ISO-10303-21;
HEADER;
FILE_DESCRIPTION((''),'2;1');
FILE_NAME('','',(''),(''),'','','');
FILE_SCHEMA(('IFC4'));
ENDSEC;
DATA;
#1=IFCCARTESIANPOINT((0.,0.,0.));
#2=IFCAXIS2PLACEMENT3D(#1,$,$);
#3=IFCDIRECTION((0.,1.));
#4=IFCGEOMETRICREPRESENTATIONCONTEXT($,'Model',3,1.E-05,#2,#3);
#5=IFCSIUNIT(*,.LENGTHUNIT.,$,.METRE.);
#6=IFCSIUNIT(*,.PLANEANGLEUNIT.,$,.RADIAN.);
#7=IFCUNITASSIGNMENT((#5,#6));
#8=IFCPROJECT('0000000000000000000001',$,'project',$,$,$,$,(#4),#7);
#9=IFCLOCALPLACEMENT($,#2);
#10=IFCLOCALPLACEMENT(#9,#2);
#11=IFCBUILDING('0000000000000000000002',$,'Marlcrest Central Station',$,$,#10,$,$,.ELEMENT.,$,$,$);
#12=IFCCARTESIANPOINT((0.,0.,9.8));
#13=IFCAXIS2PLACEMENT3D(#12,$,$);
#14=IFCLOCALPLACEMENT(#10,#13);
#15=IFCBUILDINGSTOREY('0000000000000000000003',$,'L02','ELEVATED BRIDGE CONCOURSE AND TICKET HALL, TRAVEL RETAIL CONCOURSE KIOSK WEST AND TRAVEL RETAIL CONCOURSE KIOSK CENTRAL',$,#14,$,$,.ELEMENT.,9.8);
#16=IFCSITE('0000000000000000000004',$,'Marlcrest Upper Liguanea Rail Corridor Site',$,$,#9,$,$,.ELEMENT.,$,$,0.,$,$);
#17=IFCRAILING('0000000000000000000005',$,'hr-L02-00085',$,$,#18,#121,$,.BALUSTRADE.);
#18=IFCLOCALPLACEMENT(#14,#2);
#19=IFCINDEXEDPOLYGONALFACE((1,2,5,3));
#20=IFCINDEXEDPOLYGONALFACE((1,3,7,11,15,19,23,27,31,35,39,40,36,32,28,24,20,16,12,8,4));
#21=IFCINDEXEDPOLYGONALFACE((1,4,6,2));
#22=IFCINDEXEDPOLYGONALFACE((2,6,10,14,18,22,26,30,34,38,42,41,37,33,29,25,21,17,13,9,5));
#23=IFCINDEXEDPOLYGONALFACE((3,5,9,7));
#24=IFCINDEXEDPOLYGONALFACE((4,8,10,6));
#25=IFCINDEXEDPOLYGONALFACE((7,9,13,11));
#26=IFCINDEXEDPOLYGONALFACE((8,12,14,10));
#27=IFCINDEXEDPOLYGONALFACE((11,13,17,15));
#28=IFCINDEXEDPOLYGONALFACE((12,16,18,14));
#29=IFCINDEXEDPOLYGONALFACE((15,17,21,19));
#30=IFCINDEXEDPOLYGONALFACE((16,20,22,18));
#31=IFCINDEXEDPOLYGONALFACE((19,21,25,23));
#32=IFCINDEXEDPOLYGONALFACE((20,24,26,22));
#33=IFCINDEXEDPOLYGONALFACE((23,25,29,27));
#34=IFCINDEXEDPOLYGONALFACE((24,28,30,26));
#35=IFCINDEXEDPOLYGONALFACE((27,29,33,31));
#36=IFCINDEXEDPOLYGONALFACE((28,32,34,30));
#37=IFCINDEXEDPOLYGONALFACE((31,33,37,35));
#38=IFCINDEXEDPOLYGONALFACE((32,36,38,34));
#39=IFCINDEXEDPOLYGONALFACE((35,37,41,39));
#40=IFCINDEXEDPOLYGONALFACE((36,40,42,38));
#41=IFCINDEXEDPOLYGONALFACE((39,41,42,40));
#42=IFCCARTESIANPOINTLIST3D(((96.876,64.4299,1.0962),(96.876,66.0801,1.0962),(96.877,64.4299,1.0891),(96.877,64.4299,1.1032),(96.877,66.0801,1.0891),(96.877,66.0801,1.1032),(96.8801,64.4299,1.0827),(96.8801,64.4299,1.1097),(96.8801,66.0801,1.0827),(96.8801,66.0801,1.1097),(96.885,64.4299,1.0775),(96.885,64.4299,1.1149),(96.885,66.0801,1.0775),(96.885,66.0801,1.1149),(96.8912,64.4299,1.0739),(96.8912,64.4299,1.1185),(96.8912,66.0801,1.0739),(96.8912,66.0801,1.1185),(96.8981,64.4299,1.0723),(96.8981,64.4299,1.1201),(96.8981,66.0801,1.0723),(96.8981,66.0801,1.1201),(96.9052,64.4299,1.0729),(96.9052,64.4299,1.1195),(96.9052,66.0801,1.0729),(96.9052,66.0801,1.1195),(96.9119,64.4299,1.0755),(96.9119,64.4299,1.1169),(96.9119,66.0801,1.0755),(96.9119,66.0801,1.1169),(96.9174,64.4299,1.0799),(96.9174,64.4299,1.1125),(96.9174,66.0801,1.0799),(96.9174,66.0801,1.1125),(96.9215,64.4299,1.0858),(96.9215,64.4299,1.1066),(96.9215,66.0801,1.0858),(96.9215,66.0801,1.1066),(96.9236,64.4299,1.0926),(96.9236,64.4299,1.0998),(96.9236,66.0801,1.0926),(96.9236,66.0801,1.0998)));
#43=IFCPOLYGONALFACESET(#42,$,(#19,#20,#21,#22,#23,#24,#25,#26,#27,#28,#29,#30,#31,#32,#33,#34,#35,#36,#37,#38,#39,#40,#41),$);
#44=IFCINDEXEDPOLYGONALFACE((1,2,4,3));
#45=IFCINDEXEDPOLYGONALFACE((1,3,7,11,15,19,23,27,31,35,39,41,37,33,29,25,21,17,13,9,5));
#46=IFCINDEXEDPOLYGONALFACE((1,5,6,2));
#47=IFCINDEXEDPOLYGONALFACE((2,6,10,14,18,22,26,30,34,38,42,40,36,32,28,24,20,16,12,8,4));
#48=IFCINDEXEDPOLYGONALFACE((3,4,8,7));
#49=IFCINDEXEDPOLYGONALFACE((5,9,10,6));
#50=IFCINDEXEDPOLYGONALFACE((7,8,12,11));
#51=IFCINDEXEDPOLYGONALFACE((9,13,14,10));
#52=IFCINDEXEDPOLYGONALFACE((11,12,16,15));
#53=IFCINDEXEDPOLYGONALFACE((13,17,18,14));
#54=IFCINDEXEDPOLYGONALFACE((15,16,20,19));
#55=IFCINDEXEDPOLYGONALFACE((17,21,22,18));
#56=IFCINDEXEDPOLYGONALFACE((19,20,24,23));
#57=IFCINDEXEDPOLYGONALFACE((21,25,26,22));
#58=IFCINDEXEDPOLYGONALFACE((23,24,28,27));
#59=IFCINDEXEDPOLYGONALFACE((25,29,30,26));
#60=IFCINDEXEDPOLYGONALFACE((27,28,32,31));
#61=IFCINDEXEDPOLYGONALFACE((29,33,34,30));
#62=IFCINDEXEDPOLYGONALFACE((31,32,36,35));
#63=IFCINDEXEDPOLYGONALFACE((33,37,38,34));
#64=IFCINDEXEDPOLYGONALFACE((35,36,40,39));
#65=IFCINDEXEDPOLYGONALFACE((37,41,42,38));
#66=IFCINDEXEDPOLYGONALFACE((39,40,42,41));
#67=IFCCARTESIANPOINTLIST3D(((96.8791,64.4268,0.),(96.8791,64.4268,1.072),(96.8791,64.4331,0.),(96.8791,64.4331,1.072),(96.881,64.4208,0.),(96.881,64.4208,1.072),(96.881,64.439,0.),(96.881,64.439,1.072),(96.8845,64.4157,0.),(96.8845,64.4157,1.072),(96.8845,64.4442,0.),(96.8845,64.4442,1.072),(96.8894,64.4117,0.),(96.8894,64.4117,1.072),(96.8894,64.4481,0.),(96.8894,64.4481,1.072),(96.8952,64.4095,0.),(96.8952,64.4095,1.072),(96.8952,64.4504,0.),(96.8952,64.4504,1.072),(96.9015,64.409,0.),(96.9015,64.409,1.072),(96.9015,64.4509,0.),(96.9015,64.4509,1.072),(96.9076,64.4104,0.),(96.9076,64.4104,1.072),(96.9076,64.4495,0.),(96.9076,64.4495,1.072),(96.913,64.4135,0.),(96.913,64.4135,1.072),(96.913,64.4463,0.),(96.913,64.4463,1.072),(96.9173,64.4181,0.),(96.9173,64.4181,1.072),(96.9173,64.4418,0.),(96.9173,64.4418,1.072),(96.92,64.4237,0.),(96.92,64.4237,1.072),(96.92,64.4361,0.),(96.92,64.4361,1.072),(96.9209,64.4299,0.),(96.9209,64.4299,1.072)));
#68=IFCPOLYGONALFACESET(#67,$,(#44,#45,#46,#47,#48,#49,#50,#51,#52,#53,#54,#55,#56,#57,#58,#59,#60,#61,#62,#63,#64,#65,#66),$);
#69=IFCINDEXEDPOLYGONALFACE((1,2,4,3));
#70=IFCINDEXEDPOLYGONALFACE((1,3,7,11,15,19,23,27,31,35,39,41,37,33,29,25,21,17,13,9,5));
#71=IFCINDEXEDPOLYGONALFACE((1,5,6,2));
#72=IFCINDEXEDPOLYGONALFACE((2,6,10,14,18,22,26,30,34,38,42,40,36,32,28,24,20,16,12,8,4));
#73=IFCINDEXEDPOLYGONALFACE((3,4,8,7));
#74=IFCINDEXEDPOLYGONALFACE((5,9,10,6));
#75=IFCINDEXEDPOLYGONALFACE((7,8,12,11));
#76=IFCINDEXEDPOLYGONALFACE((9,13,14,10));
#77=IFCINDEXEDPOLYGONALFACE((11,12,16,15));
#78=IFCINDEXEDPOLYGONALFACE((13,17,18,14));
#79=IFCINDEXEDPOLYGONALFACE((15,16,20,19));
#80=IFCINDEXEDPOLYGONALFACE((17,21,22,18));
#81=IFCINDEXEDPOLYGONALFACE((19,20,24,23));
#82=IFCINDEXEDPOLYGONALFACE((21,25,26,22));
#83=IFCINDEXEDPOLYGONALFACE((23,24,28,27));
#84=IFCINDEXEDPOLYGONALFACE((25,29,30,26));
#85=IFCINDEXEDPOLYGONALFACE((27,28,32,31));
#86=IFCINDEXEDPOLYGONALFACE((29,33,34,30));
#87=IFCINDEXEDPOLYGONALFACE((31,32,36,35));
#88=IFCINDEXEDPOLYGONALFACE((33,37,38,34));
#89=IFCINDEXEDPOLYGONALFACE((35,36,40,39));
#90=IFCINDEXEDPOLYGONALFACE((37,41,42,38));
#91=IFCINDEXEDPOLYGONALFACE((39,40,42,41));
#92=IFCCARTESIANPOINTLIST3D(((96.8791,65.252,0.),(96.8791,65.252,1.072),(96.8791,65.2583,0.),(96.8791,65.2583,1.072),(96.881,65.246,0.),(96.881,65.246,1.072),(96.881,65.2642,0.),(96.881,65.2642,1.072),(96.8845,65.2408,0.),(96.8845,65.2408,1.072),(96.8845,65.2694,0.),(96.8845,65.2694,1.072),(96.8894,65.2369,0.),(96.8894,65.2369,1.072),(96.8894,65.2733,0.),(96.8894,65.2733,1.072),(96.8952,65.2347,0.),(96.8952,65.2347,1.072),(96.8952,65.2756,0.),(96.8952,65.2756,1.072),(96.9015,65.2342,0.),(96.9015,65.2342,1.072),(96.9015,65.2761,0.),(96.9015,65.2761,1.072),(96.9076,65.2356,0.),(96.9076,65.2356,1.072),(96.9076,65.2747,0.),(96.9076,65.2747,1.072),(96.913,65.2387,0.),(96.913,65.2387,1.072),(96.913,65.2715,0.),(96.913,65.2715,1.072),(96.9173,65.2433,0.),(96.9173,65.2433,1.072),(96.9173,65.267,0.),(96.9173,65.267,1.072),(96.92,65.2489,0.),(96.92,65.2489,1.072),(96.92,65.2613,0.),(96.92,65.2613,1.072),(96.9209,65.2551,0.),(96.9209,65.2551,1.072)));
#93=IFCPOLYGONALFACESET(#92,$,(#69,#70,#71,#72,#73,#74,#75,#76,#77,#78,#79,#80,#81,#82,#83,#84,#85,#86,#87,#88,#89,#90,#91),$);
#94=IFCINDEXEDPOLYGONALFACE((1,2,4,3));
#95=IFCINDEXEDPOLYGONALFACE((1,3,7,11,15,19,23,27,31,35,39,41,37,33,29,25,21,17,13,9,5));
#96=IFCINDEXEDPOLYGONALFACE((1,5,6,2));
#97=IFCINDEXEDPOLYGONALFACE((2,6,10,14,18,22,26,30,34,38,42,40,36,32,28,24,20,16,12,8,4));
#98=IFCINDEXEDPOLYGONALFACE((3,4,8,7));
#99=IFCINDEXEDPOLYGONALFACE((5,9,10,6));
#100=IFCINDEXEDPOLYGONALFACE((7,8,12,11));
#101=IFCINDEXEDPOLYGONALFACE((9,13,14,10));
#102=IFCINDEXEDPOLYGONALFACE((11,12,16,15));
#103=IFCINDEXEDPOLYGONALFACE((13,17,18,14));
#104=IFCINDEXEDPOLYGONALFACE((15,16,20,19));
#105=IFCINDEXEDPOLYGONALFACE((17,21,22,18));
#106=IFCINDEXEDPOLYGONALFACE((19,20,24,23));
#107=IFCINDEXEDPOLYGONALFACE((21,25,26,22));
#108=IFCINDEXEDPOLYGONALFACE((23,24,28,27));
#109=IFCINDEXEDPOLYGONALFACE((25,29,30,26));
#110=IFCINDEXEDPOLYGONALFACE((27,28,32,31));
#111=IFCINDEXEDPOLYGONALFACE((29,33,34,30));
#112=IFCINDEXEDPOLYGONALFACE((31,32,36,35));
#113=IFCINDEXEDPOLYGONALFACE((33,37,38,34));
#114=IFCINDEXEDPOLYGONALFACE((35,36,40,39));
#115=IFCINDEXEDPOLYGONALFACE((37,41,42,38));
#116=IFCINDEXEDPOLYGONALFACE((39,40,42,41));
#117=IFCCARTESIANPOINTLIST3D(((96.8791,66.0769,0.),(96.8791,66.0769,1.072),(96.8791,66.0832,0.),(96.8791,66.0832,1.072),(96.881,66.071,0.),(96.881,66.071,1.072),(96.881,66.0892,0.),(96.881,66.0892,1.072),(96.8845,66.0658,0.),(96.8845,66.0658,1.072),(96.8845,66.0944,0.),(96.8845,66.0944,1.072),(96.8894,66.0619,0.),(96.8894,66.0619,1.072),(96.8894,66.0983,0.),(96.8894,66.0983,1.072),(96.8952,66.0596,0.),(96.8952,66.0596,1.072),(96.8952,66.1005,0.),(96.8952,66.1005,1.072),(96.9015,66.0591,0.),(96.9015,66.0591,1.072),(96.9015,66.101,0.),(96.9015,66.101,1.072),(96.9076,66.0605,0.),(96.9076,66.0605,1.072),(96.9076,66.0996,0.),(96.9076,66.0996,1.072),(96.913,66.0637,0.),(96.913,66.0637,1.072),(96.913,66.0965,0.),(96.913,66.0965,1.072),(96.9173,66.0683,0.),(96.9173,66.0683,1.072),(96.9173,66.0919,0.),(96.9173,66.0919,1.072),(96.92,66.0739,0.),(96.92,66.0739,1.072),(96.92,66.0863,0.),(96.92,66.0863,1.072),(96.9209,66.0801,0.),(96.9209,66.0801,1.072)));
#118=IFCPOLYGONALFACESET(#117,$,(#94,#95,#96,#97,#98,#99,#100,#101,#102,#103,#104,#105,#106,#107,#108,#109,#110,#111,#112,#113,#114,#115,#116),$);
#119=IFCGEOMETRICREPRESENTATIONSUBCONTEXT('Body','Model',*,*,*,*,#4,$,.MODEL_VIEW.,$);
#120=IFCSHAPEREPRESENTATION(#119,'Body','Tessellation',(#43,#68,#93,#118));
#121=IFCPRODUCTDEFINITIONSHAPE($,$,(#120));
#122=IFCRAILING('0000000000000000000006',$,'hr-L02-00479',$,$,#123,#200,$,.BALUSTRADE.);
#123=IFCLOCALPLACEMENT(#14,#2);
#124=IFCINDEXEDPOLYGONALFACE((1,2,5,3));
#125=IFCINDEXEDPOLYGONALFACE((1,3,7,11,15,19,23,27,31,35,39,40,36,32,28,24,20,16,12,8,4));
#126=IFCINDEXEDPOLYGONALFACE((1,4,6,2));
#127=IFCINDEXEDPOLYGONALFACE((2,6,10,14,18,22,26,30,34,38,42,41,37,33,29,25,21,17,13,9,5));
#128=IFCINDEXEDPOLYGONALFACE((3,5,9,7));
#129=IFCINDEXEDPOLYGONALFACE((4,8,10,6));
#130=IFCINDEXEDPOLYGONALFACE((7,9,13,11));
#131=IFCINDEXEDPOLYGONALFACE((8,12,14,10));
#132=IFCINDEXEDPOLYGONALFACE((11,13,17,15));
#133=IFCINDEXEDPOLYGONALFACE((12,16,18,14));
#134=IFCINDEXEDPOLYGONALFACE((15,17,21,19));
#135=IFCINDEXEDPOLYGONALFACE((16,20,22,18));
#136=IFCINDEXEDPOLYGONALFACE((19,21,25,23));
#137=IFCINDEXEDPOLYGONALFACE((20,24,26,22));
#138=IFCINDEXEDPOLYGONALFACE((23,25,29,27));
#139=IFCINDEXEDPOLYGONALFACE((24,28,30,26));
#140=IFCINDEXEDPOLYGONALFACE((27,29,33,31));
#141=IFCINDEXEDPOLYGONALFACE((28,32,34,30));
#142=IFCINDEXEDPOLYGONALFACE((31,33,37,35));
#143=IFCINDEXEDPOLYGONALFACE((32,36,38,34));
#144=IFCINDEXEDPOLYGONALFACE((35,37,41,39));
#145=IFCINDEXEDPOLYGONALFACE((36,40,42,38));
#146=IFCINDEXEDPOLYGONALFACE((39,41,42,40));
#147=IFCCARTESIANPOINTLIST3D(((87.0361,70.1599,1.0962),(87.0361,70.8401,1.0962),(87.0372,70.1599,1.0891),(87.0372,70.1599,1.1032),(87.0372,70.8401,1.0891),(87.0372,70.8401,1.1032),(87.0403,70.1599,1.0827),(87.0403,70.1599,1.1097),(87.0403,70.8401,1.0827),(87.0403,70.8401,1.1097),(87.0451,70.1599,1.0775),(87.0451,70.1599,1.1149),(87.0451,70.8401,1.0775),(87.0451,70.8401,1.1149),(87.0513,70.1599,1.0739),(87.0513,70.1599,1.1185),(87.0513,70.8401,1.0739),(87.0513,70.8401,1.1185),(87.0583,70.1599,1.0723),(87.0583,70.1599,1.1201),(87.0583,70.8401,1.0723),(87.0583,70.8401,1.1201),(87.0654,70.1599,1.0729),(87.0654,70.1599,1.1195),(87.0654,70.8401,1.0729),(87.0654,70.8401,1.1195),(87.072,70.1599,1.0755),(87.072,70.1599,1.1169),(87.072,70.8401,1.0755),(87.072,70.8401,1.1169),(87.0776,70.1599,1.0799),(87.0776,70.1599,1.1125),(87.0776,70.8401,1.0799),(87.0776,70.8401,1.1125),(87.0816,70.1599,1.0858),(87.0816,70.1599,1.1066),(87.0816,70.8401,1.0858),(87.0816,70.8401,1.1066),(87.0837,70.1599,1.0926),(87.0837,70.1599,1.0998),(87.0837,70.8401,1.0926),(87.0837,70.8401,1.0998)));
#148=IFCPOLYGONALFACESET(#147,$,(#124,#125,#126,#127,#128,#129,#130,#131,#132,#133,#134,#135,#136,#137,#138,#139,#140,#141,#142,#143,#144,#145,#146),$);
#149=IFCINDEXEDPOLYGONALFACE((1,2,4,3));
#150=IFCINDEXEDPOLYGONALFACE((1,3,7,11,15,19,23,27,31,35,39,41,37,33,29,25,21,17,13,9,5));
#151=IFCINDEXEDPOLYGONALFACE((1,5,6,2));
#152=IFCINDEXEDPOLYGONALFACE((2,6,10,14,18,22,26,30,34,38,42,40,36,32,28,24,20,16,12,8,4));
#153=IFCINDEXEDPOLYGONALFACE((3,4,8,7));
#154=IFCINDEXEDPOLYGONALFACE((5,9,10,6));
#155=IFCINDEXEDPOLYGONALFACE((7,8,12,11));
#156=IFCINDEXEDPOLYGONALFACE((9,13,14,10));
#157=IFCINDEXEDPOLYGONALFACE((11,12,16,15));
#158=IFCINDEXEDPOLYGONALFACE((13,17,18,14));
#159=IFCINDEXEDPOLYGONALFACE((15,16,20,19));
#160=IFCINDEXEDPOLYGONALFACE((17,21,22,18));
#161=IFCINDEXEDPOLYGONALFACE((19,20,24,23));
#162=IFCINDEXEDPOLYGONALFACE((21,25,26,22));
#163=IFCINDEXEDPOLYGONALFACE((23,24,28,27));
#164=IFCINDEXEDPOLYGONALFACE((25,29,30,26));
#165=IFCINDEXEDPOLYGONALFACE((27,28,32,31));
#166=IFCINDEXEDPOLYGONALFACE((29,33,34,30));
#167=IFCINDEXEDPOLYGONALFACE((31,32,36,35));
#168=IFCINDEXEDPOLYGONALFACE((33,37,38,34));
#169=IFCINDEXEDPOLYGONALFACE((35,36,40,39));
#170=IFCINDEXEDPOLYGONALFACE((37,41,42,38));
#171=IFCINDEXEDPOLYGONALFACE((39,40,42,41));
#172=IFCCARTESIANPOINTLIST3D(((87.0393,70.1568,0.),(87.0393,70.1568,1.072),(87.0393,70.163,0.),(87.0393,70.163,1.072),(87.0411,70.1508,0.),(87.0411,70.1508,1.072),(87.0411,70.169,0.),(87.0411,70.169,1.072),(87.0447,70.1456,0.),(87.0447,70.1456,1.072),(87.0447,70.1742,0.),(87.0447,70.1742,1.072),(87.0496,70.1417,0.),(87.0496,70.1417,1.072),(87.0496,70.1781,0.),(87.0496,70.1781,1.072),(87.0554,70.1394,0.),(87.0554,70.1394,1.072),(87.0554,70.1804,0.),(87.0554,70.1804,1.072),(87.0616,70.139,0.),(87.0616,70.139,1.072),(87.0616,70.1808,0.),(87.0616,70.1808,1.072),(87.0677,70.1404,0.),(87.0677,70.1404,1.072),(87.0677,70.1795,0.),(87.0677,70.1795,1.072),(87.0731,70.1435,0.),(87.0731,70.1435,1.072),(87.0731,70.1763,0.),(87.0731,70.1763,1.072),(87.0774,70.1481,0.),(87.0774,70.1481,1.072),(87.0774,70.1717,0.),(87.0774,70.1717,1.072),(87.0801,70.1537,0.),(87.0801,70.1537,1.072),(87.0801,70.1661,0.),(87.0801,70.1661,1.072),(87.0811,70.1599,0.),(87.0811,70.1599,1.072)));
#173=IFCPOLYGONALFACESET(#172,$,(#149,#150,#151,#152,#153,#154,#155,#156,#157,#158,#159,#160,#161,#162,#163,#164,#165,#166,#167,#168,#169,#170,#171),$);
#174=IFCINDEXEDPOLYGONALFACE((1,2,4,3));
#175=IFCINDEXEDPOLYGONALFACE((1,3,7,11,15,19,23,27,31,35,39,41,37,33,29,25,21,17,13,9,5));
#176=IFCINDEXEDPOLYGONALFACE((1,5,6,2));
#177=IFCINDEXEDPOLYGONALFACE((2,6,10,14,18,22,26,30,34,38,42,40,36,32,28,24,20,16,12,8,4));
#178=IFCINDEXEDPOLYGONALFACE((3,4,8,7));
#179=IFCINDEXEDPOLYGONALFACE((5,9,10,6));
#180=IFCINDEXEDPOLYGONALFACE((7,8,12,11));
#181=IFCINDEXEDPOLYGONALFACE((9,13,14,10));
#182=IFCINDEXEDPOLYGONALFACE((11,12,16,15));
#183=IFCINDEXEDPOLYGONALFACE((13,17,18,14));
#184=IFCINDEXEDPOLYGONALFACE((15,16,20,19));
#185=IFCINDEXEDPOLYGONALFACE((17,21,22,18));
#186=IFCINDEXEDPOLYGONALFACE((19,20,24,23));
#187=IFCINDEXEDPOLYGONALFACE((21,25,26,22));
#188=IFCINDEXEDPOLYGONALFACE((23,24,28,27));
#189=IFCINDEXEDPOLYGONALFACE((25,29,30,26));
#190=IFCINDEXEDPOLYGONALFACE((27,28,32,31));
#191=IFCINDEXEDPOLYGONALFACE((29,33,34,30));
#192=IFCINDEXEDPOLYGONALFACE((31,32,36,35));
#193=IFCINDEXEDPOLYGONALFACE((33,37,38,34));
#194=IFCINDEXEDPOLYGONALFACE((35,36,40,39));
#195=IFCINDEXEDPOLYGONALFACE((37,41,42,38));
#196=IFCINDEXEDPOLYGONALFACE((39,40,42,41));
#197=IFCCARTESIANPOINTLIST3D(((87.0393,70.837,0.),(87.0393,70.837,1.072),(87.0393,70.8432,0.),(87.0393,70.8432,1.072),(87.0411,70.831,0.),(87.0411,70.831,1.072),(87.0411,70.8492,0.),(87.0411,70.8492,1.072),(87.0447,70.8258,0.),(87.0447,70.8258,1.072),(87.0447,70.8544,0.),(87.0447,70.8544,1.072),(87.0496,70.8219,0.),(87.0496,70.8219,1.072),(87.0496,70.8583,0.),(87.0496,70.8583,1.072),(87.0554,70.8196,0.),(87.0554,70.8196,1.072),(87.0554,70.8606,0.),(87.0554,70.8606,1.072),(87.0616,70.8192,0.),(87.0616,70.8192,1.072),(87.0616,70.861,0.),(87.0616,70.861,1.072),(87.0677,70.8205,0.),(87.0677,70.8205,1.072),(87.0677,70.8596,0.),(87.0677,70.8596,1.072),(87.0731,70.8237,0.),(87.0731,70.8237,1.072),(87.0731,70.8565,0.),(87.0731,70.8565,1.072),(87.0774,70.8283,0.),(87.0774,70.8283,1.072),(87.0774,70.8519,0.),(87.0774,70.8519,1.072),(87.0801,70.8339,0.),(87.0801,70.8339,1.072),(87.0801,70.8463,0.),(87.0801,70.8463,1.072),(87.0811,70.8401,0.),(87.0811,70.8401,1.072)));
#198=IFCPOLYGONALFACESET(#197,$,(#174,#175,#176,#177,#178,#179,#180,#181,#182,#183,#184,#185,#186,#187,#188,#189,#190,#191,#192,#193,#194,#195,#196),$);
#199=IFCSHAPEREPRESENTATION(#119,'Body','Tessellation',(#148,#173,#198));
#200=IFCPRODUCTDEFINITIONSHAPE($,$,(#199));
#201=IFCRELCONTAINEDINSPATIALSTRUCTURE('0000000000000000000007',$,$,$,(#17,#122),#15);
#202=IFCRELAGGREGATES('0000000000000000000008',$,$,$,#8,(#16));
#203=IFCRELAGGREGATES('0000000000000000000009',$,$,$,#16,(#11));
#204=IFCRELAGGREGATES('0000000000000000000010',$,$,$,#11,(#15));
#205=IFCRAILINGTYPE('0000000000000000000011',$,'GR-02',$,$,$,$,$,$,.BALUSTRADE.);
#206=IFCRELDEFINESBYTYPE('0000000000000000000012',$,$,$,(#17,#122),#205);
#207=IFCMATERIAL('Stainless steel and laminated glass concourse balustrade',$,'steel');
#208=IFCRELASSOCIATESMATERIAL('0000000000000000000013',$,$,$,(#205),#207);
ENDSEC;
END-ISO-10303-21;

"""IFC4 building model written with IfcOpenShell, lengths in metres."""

from ifc_helpers import new_model, si_unit, direction, frame, origin, origin_2d, place, context, subcontext, project, spatial, circle, extrude, material, type_object, element, save


model = new_model("IFC4")

# Units and contexts
model_context = context("Model", 3, precision=1e-05, world=origin(), true_north=direction((0.0, 1.0)))
body_context = subcontext(model_context, "Body", "Model", "MODEL_VIEW")
ifc_project = project(units=[si_unit("LENGTHUNIT", "METRE"), si_unit("PLANEANGLEUNIT", "RADIAN")], contexts=[model_context])

# Site, building, storey
site_placement = place(None, origin())
site = spatial("IfcSite", under=ifc_project, at=site_placement, Name="Marlcrest Upper Liguanea Rail Corridor Site", CompositionType="ELEMENT", RefElevation=0.0)
building_placement = place(site_placement, origin())
building = spatial("IfcBuilding", under=site, at=building_placement, Name="Marlcrest Central Station", CompositionType="ELEMENT")
storey_placement = place(building_placement, frame((0.0, 0.0, 9.8)))
storey = spatial("IfcBuildingStorey", under=building, at=storey_placement, Name="L02", Description="ELEVATED BRIDGE CONCOURSE AND TICKET HALL, TRAVEL RETAIL CONCOURSE KIOSK WEST AND TRAVEL RETAIL CONCOURSE KIOSK CENTRAL", CompositionType="ELEMENT", Elevation=9.8)

# Railings
ifc_material_1 = material(Name="Stainless steel and laminated glass concourse balustrade", Category="steel")
railing_type = type_object("IfcRailingType", Name="GR-02", PredefinedType="BALUSTRADE", material=ifc_material_1)
railing_1_placement = place(storey_placement, frame((96.8999, 64.4299, 0.0)))
element("IfcRailing", 1, at=railing_1_placement, inside=storey, type_object=railing_type, Name="hr-L02-00085", PredefinedType="BALUSTRADE", context=body_context, shape_type="SweptSolid", body=[
    extrude(circle(Radius=0.0239, at=origin_2d()), frame((0.0, 0.0, 1.0962), z_axis=(0.0, 1.0, 0.0), x_axis=(-1.0, 0.0, 0.0)), (0.0, 0.0, 1.0), 1.6501),
    extrude(circle(Radius=0.021, at=origin_2d()), origin(), (0.0, 0.0, 1.0), 1.072),
    extrude(circle(Radius=0.021, at=origin_2d()), frame((0.0, 0.8252, 0.0)), (0.0, 0.0, 1.0), 1.072),
    extrude(circle(Radius=0.021, at=origin_2d()), frame((0.0, 1.6501, 0.0)), (0.0, 0.0, 1.0), 1.072),
])
railing_2_placement = place(storey_placement, frame((87.0601, 70.1599, 0.0)))
element("IfcRailing", 2, at=railing_2_placement, inside=storey, type_object=railing_type, Name="hr-L02-00479", PredefinedType="BALUSTRADE", context=body_context, shape_type="SweptSolid", body=[
    extrude(circle(Radius=0.0239, at=origin_2d()), frame((0.0, 0.0, 1.0962), z_axis=(0.0, 1.0, 0.0), x_axis=(-1.0, 0.0, 0.0)), (0.0, 0.0, 1.0), 0.6802),
    extrude(circle(Radius=0.021, at=origin_2d()), origin(), (0.0, 0.0, 1.0), 1.072),
    extrude(circle(Radius=0.021, at=origin_2d()), frame((0.0, 0.6802, 0.0)), (0.0, 0.0, 1.0), 1.072),
])

save(model, "model.ifc")
